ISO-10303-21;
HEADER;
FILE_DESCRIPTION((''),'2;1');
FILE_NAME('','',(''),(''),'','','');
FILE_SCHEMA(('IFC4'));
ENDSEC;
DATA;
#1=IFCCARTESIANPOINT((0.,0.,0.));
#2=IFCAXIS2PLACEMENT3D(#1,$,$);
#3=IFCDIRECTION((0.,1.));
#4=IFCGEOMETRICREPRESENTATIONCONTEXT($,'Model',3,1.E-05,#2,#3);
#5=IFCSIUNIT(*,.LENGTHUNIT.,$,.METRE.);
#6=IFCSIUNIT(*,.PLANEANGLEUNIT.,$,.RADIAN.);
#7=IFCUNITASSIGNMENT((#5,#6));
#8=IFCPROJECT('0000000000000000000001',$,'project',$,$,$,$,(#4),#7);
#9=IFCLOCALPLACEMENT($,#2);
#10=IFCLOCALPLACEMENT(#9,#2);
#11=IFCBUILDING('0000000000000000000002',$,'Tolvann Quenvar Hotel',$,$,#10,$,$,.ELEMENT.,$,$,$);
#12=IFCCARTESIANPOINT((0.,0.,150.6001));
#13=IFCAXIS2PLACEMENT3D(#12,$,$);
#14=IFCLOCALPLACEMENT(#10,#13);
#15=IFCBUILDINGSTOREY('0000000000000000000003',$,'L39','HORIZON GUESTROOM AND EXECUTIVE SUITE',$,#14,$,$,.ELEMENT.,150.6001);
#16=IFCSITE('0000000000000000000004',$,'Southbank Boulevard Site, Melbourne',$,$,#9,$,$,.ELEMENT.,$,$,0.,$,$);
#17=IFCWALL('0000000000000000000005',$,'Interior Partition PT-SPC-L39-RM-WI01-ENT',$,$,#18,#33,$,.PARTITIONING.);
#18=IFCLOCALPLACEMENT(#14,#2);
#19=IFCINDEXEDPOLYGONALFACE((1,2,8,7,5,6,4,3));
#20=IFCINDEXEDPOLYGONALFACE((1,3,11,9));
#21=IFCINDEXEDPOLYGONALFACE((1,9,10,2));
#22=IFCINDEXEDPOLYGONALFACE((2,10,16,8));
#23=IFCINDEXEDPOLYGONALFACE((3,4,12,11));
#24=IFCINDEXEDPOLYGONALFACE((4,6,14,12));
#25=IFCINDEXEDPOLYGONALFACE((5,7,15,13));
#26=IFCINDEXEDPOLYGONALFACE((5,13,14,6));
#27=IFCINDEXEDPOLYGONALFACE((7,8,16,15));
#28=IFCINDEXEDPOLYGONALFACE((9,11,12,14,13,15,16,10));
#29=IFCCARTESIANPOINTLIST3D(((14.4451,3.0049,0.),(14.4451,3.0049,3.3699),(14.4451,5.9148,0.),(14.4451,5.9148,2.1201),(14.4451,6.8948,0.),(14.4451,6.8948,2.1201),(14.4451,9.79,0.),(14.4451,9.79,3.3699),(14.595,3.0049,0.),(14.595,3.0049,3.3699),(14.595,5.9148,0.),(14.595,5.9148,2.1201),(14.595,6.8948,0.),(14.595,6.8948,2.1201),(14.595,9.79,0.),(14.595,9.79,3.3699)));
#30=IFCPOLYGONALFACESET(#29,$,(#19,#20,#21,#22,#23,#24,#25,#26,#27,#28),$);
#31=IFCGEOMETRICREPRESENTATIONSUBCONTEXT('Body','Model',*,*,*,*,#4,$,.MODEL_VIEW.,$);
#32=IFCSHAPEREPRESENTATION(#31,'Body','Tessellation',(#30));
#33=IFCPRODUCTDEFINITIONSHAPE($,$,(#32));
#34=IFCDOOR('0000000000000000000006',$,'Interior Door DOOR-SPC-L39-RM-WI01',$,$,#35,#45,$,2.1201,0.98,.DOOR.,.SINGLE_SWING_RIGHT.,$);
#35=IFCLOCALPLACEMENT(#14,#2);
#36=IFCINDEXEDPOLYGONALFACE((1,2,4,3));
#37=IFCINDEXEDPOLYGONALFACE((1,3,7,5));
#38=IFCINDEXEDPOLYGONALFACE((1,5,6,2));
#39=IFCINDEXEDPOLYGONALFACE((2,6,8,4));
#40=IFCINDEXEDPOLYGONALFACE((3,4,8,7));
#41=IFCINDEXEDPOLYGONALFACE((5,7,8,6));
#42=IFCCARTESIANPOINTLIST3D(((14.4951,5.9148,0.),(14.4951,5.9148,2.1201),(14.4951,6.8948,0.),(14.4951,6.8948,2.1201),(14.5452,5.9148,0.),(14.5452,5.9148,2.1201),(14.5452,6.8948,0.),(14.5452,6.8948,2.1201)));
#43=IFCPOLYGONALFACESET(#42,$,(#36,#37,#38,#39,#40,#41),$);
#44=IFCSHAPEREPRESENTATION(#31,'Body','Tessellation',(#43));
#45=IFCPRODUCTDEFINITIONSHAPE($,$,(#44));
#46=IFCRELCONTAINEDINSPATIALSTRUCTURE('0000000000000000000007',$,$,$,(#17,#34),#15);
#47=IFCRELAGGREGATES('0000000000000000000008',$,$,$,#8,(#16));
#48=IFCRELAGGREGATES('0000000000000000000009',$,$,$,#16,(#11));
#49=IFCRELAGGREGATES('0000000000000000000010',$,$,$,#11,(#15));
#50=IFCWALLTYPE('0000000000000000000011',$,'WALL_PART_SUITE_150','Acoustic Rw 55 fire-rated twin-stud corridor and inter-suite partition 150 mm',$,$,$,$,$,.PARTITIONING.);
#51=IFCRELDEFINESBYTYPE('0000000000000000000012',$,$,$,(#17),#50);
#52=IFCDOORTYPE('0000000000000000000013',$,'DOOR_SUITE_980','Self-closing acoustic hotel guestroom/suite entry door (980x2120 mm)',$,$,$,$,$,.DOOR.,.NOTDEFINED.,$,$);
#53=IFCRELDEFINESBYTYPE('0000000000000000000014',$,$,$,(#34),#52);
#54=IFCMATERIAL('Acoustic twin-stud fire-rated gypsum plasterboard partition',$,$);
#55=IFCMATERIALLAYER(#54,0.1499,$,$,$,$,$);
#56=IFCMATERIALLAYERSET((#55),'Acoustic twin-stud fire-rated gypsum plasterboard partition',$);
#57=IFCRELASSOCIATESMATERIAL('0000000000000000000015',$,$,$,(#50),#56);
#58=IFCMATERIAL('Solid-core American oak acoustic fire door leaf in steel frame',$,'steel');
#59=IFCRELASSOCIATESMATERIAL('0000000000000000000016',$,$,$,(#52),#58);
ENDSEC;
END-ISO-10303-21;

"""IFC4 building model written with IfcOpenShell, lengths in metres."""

from ifc_helpers import new_model, si_unit, direction, frame, frame_2d, origin, place, context, subcontext, project, spatial, rectangle, extrude, source, transform, mapped, material, layer, layer_set, type_object, type_shapes, element, fill, save


model = new_model("IFC4")

# Units and contexts
model_context = context("Model", 3, precision=1e-05, world=origin(), true_north=direction((0.0, 1.0)))
body_context = subcontext(model_context, "Body", "Model", "MODEL_VIEW")
ifc_project = project(units=[si_unit("LENGTHUNIT", "METRE"), si_unit("PLANEANGLEUNIT", "RADIAN")], contexts=[model_context])

# Site, building, storey
site_placement = place(None, origin())
site = spatial("IfcSite", under=ifc_project, at=site_placement, Name="Southbank Boulevard Site, Melbourne", CompositionType="ELEMENT", RefElevation=0.0)
building_placement = place(site_placement, origin())
building = spatial("IfcBuilding", under=site, at=building_placement, Name="Tolvann Quenvar Hotel", CompositionType="ELEMENT")
storey_placement = place(building_placement, frame((0.0, 0.0, 150.6001)))
storey = spatial("IfcBuildingStorey", under=building, at=storey_placement, Name="L39", Description="HORIZON GUESTROOM AND EXECUTIVE SUITE", CompositionType="ELEMENT", Elevation=150.6001)

# Shared definitions
ifc_material_1 = material(Name="Acoustic twin-stud fire-rated gypsum plasterboard partition")
ifc_layer_1 = layer(ifc_material_1, 0.1499)
ifc_layer_set_1 = layer_set([ifc_layer_1], Name="Acoustic twin-stud fire-rated gypsum plasterboard partition")
wall_type_1 = type_object("IfcWallType", Name="WALL_PART_SUITE_150", Description="Acoustic Rw 55 fire-rated twin-stud corridor and inter-suite partition 150 mm", PredefinedType="PARTITIONING", material=ifc_layer_set_1)
ifc_material_2 = material(Name="Solid-core American oak acoustic fire door leaf in steel frame", Category="steel")

# Shared definitions
door_type_1 = type_object("IfcDoorType", Name="DOOR_SUITE_980", Description="Self-closing acoustic hotel guestroom/suite entry door (980x2120 mm)", OperationType="NOTDEFINED", PredefinedType="DOOR", material=ifc_material_2)
shared_shape_1 = source(origin(), body_context, "Body", "SweptSolid", [
    extrude(rectangle(XDim=0.98, YDim=2.1201, at=frame_2d((0.49, 1.0601))), frame((0.0, 0.0249, 0.0), z_axis=(0.0, -1.0, 0.0), x_axis=(1.0, 0.0, 0.0)), (0.0, 0.0, 1.0), 0.05),
])
type_shapes(door_type_1, [shared_shape_1])

# Wall, opening, door
wall_1_placement = place(storey_placement, frame((14.52, 3.0049, 0.0), z_axis=(0.0, 0.0, 1.0), x_axis=(0.0, 1.0, 0.0)))
wall_1 = element("IfcWall", 1, at=wall_1_placement, inside=storey, type_object=wall_type_1, Name="Interior Partition PT-SPC-L39-RM-WI01-ENT", PredefinedType="PARTITIONING", context=body_context, shape_type="SweptSolid", body=[
    extrude(rectangle(XDim=6.7852, YDim=0.1499, at=frame_2d((3.3926, 0.0))), origin(), (0.0, 0.0, 1.0), 3.3699),
])
opening_1_placement = place(wall_1_placement, frame((2.9099, 0.0, 0.0)))
opening_1 = element("IfcOpeningElement", 2, at=opening_1_placement, cuts=wall_1, PredefinedType="OPENING", context=body_context, shape_type="SweptSolid", body=[
    extrude(rectangle(XDim=0.98, YDim=2.1201, at=frame_2d((0.49, 1.0601))), frame((0.0, 0.085, 0.0), z_axis=(0.0, -1.0, 0.0), x_axis=(1.0, 0.0, 0.0)), (0.0, 0.0, 1.0), 0.1699),
])
door_1_placement = place(opening_1_placement, origin())
door_1 = element("IfcDoor", 3, at=door_1_placement, inside=storey, type_object=door_type_1, Name="Interior Door DOOR-SPC-L39-RM-WI01", OperationType="SINGLE_SWING_RIGHT", OverallHeight=2.1201, OverallWidth=0.98, PredefinedType="DOOR", context=body_context, shape_type="MappedRepresentation", body=[
    mapped(shared_shape_1, transform((0.0, 0.0, 0.0), x_axis=(1.0, 0.0, 0.0), y_axis=(0.0, 1.0, 0.0), z_axis=(0.0, 0.0, 1.0), scale=1.0)),
])
fill(opening_1, door_1)

save(model, "model.ifc")
